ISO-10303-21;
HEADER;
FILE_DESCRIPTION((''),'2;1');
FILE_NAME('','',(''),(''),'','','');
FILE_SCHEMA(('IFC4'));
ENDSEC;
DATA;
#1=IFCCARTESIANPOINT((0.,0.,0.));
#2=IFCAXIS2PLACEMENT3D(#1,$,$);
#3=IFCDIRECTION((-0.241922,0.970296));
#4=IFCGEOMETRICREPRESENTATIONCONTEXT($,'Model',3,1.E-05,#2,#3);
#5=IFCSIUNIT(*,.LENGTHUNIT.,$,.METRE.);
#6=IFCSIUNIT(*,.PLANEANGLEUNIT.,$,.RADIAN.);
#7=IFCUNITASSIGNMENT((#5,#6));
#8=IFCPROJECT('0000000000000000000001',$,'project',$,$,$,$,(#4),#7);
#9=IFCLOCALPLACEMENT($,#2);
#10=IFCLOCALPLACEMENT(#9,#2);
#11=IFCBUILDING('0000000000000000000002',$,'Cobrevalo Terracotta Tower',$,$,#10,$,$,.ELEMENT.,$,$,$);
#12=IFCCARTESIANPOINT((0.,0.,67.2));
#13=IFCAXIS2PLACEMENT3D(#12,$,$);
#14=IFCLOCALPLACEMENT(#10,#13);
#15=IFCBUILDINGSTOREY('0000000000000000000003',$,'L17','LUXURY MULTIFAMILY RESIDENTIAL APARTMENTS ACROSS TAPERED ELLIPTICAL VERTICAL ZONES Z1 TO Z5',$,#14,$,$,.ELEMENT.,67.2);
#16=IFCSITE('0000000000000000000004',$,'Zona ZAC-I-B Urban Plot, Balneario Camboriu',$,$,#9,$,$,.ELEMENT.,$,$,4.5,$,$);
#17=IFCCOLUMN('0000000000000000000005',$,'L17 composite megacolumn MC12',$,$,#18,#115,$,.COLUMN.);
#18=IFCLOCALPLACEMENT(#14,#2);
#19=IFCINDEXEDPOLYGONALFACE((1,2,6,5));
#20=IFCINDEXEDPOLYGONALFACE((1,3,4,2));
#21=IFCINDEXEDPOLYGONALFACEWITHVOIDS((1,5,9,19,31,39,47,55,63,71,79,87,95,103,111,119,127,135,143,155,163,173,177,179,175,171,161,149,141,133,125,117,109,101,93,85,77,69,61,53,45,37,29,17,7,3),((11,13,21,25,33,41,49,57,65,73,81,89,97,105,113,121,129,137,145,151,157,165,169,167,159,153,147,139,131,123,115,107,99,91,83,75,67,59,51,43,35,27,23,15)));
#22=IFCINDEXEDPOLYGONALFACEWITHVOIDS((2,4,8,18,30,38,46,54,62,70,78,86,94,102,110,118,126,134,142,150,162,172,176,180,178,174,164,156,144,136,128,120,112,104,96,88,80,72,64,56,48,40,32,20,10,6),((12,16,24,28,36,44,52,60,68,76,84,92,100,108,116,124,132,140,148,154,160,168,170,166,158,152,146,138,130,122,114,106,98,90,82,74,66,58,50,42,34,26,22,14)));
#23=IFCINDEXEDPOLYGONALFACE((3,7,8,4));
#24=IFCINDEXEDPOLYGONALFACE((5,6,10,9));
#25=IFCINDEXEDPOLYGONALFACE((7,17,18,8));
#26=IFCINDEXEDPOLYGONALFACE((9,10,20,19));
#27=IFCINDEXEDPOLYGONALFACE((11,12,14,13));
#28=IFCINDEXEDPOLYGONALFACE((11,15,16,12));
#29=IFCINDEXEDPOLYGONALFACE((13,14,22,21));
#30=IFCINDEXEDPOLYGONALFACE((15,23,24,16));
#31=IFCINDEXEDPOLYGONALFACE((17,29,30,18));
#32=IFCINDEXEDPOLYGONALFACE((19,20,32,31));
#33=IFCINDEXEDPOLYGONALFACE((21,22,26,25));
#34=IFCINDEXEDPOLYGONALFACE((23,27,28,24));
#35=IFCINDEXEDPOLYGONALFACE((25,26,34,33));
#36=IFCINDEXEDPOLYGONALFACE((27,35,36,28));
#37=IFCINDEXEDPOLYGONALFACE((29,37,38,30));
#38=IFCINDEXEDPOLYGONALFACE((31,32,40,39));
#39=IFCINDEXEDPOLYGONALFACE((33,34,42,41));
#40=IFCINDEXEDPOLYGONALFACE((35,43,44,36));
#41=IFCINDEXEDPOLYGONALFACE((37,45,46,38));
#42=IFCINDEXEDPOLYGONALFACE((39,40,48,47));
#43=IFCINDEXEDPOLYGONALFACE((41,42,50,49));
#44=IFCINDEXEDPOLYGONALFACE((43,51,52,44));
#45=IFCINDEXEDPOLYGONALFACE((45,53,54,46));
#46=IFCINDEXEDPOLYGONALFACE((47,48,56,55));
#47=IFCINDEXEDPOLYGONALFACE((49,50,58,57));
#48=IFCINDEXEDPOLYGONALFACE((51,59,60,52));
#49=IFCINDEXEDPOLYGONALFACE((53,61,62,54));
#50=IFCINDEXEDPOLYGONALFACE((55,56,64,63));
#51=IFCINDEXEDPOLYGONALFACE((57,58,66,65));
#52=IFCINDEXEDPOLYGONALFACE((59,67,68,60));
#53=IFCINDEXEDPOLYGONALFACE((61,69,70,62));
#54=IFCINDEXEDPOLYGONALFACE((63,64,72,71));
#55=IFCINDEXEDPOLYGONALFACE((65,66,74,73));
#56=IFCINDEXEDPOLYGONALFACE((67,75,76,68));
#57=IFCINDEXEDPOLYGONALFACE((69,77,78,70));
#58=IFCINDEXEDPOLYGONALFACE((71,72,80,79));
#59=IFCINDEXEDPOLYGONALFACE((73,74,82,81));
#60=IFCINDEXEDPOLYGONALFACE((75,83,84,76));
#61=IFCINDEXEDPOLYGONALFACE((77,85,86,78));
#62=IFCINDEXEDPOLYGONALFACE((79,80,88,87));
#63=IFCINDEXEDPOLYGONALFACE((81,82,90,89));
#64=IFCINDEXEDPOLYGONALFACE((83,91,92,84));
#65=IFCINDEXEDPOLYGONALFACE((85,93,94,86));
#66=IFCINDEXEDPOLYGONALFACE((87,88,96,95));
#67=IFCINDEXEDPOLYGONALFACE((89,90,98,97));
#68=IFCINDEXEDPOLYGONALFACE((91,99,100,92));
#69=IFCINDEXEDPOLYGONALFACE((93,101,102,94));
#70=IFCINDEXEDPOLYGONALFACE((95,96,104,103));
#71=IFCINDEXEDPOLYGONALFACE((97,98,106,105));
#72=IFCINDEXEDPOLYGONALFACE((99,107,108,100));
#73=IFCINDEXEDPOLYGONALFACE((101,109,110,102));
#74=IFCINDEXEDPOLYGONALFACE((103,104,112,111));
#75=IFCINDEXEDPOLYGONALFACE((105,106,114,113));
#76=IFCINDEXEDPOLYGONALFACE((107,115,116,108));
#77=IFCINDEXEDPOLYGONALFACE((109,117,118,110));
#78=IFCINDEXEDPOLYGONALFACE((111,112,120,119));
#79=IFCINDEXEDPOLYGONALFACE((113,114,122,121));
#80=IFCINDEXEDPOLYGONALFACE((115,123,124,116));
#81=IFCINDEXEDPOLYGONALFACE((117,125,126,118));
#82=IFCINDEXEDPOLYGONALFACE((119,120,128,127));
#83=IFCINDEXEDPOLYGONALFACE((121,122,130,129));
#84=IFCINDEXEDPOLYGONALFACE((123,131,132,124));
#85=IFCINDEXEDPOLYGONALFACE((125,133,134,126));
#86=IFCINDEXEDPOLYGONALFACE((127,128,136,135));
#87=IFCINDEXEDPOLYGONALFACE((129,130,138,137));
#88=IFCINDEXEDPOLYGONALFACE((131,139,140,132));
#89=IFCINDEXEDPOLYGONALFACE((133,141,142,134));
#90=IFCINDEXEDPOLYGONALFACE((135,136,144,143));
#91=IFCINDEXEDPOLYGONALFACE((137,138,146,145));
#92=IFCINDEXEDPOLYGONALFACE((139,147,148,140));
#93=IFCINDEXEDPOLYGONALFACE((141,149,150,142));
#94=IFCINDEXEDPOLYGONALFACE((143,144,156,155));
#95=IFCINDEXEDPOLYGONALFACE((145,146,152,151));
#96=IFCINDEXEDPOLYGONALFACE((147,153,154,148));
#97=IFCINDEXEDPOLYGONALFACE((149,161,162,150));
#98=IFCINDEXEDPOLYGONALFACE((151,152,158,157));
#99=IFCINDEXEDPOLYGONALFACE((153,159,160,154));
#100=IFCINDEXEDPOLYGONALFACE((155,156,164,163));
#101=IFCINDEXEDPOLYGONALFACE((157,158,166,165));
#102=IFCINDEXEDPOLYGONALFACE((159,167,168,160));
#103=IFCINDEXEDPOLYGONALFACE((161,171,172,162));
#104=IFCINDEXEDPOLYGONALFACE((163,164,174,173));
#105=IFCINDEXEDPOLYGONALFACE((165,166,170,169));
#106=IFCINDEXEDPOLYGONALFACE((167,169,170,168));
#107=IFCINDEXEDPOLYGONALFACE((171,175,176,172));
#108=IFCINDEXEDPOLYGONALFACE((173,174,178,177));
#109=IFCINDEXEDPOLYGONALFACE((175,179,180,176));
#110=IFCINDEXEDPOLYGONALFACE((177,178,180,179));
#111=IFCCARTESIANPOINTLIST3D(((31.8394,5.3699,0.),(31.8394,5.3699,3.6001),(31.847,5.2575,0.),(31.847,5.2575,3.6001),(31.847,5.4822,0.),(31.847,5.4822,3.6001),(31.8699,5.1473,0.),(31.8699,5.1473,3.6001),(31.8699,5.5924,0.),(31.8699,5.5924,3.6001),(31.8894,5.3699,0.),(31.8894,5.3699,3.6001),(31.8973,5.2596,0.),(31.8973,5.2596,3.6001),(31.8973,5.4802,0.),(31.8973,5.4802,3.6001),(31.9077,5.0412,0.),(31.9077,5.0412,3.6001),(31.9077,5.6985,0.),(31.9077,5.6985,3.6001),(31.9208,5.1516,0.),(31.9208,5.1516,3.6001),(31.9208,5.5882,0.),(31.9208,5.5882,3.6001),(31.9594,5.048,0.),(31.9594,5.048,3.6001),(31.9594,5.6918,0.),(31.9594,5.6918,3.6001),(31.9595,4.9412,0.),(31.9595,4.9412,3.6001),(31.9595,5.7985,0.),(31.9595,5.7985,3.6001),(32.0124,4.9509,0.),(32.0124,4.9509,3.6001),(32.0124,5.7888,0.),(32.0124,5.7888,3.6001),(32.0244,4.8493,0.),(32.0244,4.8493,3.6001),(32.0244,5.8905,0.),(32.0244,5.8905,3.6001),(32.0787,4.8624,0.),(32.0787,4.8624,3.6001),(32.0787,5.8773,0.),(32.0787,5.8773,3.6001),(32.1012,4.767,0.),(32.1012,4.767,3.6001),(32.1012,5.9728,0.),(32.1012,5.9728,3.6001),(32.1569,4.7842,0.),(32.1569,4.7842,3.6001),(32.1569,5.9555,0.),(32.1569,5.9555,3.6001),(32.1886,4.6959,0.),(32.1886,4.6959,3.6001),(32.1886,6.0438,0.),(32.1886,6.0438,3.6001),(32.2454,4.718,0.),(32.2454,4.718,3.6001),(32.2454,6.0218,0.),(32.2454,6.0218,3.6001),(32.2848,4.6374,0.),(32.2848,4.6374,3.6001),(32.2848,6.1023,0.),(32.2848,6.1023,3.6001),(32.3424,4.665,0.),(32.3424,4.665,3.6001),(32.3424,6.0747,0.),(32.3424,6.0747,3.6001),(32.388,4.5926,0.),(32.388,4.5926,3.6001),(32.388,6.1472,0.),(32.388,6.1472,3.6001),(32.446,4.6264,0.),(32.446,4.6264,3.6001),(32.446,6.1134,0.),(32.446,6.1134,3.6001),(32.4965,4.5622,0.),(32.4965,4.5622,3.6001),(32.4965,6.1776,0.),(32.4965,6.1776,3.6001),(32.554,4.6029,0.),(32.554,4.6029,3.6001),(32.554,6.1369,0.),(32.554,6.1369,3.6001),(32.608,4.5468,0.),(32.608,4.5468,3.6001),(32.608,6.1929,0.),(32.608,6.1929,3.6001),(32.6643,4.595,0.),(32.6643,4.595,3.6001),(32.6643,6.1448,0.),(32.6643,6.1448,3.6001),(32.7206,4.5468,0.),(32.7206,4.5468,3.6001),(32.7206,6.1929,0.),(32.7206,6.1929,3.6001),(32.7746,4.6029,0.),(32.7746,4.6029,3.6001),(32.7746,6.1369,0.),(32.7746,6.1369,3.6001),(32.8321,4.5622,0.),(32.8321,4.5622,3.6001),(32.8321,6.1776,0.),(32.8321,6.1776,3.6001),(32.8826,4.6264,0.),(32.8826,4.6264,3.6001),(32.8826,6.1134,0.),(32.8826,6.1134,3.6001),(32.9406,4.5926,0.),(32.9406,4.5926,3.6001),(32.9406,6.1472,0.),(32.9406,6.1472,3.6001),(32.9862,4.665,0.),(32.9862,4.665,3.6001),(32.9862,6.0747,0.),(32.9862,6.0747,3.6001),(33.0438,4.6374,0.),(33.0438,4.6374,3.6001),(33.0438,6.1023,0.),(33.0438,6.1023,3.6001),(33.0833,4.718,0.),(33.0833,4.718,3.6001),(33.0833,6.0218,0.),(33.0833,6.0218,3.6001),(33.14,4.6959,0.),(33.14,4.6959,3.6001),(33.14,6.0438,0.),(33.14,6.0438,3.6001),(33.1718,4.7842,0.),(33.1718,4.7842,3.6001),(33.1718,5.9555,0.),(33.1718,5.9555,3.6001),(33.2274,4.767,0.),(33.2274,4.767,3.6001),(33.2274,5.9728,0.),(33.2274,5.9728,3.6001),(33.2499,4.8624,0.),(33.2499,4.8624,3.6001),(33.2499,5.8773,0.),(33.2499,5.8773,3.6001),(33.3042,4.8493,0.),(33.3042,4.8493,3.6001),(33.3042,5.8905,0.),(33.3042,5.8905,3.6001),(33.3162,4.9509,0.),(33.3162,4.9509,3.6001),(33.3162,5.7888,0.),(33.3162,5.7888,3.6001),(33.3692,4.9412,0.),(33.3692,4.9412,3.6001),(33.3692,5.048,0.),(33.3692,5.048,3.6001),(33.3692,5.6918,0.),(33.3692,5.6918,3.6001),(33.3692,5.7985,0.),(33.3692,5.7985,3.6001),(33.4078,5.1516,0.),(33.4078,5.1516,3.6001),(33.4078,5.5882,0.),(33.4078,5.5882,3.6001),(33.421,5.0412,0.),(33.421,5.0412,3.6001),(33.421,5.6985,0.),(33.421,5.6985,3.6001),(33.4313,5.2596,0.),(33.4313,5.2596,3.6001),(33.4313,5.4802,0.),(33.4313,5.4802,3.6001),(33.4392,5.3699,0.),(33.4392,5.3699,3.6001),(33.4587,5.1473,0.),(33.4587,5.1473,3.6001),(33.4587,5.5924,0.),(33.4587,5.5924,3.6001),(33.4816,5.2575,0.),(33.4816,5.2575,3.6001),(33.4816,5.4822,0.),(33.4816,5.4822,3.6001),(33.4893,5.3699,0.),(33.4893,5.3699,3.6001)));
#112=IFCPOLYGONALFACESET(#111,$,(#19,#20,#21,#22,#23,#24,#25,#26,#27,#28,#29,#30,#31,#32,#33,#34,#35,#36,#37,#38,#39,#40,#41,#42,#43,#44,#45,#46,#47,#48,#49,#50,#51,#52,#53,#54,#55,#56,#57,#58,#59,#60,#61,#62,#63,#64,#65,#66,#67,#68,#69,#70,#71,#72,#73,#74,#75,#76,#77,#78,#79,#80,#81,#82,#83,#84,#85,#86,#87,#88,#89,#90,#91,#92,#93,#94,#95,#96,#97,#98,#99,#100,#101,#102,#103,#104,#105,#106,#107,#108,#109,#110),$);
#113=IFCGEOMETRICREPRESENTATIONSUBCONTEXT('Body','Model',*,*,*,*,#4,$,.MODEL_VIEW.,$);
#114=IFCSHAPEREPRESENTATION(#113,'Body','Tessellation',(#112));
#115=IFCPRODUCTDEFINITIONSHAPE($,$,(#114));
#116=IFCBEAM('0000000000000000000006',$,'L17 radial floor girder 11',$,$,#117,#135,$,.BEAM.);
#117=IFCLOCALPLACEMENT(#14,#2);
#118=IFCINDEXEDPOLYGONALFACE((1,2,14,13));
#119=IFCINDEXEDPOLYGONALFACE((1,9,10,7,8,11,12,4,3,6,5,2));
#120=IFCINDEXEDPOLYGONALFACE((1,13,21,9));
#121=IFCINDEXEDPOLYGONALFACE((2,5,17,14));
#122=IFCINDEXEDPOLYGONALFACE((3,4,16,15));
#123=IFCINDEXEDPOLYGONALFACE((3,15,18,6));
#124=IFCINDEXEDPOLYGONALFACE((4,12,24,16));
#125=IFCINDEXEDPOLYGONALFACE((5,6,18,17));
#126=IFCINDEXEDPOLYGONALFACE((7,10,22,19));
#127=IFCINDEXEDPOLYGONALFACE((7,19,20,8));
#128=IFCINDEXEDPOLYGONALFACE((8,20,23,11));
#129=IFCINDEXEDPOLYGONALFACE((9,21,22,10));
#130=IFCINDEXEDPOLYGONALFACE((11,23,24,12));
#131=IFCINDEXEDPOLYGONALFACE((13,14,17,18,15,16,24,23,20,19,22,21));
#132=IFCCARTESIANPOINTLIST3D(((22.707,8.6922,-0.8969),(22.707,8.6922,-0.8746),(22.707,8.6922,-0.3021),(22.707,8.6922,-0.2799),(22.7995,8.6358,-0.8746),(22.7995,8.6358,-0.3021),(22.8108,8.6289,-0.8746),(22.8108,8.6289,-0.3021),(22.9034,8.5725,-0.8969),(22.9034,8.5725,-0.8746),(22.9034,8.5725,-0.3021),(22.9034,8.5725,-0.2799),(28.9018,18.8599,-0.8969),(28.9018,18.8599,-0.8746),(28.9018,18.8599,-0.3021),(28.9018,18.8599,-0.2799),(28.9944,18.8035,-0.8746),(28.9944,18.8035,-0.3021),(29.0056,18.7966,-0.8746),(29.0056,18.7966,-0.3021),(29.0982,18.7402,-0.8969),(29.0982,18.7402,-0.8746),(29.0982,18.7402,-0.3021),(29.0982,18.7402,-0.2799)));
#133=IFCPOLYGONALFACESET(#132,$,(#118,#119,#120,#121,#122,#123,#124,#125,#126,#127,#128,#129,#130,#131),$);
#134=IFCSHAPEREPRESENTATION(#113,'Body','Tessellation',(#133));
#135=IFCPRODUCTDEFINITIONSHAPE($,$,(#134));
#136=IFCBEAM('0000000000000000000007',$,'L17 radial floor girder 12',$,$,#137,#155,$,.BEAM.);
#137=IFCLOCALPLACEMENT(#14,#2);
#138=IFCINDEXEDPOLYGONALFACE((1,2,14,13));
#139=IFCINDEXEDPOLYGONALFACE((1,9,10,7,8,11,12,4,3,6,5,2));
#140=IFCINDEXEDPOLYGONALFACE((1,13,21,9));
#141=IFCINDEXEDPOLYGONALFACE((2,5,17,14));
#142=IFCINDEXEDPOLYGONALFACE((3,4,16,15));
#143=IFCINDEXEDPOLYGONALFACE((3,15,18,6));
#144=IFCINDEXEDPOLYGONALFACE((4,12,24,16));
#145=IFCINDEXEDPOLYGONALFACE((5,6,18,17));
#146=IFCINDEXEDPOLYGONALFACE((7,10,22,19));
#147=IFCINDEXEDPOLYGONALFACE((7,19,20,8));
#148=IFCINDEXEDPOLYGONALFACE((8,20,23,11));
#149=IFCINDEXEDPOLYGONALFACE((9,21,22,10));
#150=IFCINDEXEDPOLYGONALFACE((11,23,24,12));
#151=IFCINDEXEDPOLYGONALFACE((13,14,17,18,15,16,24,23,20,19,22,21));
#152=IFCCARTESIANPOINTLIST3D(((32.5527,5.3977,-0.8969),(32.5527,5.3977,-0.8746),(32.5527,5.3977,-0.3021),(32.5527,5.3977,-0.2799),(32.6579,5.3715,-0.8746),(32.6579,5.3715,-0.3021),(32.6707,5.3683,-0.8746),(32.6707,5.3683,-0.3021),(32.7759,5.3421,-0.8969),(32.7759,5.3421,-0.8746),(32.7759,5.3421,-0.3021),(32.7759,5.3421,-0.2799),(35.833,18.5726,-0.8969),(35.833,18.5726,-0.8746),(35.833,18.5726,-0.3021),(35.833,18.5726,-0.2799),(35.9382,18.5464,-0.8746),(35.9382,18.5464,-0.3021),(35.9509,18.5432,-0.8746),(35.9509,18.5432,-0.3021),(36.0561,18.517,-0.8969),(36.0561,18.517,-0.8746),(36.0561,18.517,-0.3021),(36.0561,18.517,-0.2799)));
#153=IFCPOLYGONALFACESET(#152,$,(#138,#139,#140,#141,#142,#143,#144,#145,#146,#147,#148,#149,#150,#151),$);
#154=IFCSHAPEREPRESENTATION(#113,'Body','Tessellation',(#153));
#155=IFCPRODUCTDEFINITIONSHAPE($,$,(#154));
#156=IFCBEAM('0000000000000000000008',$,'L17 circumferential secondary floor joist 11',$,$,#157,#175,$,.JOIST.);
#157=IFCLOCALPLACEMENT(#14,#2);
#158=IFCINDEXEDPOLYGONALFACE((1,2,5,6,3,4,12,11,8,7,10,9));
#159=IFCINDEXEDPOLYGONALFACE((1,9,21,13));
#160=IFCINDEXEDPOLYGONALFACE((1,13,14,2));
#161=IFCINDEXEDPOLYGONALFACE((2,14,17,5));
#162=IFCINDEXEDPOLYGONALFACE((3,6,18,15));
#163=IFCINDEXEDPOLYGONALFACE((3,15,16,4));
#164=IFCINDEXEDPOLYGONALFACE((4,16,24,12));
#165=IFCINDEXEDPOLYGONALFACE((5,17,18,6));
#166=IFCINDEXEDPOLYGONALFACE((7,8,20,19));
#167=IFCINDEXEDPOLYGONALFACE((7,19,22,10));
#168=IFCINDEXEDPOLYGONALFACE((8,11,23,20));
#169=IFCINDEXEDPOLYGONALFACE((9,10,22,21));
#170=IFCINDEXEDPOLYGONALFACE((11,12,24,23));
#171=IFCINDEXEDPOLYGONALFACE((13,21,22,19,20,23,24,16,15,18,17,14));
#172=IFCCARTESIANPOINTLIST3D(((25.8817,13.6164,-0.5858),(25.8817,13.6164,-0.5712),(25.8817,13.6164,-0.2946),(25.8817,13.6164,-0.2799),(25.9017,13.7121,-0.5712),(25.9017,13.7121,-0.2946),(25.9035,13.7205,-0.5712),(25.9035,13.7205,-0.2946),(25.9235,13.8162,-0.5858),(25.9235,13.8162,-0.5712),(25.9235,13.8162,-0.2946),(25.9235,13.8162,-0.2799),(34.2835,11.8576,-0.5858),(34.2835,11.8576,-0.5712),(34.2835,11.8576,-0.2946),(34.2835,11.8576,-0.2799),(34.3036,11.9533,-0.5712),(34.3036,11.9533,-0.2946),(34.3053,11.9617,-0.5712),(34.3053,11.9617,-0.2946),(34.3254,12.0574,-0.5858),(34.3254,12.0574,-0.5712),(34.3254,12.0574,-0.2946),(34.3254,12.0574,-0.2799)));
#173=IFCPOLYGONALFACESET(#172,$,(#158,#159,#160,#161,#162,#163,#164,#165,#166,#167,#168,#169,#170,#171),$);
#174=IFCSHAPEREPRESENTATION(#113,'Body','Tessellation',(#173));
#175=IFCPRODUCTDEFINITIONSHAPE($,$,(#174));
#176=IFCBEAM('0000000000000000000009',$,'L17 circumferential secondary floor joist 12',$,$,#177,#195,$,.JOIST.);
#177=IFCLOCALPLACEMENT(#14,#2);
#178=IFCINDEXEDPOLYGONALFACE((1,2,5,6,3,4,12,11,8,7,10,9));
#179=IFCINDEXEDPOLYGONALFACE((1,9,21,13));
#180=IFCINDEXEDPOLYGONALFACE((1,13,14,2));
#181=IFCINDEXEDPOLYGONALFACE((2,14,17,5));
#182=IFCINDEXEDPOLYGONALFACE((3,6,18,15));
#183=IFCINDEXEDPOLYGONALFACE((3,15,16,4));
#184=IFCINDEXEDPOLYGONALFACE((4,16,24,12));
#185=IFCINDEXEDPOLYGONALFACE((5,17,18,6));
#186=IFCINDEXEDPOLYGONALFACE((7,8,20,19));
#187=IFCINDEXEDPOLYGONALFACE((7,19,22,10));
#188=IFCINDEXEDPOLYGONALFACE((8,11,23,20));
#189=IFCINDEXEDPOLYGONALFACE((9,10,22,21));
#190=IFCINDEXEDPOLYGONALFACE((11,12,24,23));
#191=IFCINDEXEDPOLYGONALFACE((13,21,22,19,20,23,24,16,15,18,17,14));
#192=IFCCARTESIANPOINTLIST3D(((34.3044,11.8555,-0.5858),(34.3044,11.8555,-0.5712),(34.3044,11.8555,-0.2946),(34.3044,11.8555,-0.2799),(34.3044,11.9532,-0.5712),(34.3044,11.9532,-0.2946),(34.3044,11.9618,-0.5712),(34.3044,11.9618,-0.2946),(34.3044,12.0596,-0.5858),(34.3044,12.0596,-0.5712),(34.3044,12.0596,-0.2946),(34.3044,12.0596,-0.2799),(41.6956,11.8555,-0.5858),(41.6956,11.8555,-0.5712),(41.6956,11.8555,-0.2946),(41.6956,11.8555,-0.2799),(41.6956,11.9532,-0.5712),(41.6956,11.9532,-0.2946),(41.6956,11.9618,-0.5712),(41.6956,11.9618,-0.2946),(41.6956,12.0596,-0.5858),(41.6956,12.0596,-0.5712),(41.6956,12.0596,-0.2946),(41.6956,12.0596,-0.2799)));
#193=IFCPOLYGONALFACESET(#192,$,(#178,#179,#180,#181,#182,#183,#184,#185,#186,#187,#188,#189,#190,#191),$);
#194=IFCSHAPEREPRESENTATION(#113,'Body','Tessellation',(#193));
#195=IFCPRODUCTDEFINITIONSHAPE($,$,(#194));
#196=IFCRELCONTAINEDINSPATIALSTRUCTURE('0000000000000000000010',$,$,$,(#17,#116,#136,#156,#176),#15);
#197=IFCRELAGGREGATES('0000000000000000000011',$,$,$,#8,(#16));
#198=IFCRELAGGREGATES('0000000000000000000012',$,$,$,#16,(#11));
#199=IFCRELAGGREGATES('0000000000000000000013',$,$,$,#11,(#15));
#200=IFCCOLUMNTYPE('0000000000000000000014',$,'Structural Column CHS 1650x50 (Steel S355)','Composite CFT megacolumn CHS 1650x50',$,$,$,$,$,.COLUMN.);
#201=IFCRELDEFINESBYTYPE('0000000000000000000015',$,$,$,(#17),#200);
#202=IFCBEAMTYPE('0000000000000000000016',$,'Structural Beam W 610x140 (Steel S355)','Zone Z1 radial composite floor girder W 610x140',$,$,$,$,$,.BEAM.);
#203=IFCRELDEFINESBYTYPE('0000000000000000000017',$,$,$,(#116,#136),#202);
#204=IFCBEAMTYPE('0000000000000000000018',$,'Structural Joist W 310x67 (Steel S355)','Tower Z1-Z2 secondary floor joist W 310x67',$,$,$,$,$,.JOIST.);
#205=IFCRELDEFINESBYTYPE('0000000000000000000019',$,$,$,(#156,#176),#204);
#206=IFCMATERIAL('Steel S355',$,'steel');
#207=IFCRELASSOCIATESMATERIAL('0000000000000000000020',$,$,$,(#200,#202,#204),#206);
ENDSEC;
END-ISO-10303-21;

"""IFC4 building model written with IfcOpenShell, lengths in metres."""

from ifc_helpers import new_model, si_unit, direction, frame, origin, origin_2d, place, context, subcontext, project, spatial, hollow_circle, i_section, extrude, material, material_profile, profile_set, type_object, element, save


model = new_model("IFC4")

# Units and contexts
model_context = context("Model", 3, precision=1e-05, world=origin(), true_north=direction((-0.241922, 0.970296)))
body_context = subcontext(model_context, "Body", "Model", "MODEL_VIEW")
ifc_project = project(units=[si_unit("LENGTHUNIT", "METRE"), si_unit("PLANEANGLEUNIT", "RADIAN")], contexts=[model_context])

# Site, building, storey
site_placement = place(None, origin())
site = spatial("IfcSite", under=ifc_project, at=site_placement, Name="Zona ZAC-I-B Urban Plot, Balneario Camboriu", CompositionType="ELEMENT", RefElevation=4.5)
building_placement = place(site_placement, origin())
building = spatial("IfcBuilding", under=site, at=building_placement, Name="Cobrevalo Terracotta Tower", CompositionType="ELEMENT")
storey_placement = place(building_placement, frame((0.0, 0.0, 67.2)))
storey = spatial("IfcBuildingStorey", under=building, at=storey_placement, Name="L17", Description="LUXURY MULTIFAMILY RESIDENTIAL APARTMENTS ACROSS TAPERED ELLIPTICAL VERTICAL ZONES Z1 TO Z5", CompositionType="ELEMENT", Elevation=67.2)

# Column
ifc_material_1 = material(Name="Steel S355", Category="steel")
ifc_material_profile_1 = material_profile(ifc_material_1, hollow_circle(Radius=0.825, WallThickness=0.05, at=origin_2d()), Name="CHS 1650x50")
ifc_profile_set_1 = profile_set([ifc_material_profile_1], Name="Steel S355")
column_type = type_object("IfcColumnType", Name="Structural Column CHS 1650x50 (Steel S355)", Description="Composite CFT megacolumn CHS 1650x50", PredefinedType="COLUMN", material=ifc_profile_set_1)
column_placement = place(storey_placement, frame((32.6643, 5.3699, 0.0), z_axis=(0.0, 0.0, 1.0), x_axis=(1.0, 0.0, 0.0)))
element("IfcColumn", 1, at=column_placement, inside=storey, type_object=column_type, Name="L17 composite megacolumn MC12", PredefinedType="COLUMN", context=body_context, shape_type="SweptSolid", body=[
    extrude(hollow_circle(Radius=0.825, WallThickness=0.05, at=origin_2d()), origin(), (0.0, 0.0, 1.0), 3.6001),
])

# Beams
ifc_material_profile_2 = material_profile(ifc_material_1, i_section(OverallWidth=0.23, OverallDepth=0.6169, WebThickness=0.0132, FlangeThickness=0.0222, at=origin_2d()), Name="W 610x140")
ifc_profile_set_2 = profile_set([ifc_material_profile_2], Name="Steel S355")
beam_type_1 = type_object("IfcBeamType", Name="Structural Beam W 610x140 (Steel S355)", Description="Zone Z1 radial composite floor girder W 610x140", PredefinedType="BEAM", material=ifc_profile_set_2)
beam_1_placement = place(storey_placement, frame((22.8052, 8.6323, -0.5884), z_axis=(0.520301, 0.853983, 0.0), x_axis=(-0.853983, 0.520301, 0.0)))
element("IfcBeam", 2, at=beam_1_placement, inside=storey, type_object=beam_type_1, Name="L17 radial floor girder 11", PredefinedType="BEAM", context=body_context, shape_type="SweptSolid", body=[
    extrude(i_section(OverallWidth=0.23, OverallDepth=0.6169, WebThickness=0.0132, FlangeThickness=0.0222, at=origin_2d()), origin(), (0.0, 0.0, 1.0), 11.9062),
])
beam_2_placement = place(storey_placement, frame((32.6643, 5.3699, -0.5884), z_axis=(0.2416, 0.970376, 0.0), x_axis=(-0.970376, 0.2416, 0.0)))
element("IfcBeam", 3, at=beam_2_placement, inside=storey, type_object=beam_type_1, Name="L17 radial floor girder 12", PredefinedType="BEAM", context=body_context, shape_type="SweptSolid", body=[
    extrude(i_section(OverallWidth=0.23, OverallDepth=0.6169, WebThickness=0.0132, FlangeThickness=0.0222, at=origin_2d()), origin(), (0.0, 0.0, 1.0), 13.5771),
])
ifc_material_profile_3 = material_profile(ifc_material_1, i_section(OverallWidth=0.2041, OverallDepth=0.3059, WebThickness=0.0085, FlangeThickness=0.0146, at=origin_2d()), Name="W 310x67")
ifc_profile_set_3 = profile_set([ifc_material_profile_3], Name="Steel S355")
beam_type_2 = type_object("IfcBeamType", Name="Structural Joist W 310x67 (Steel S355)", Description="Tower Z1-Z2 secondary floor joist W 310x67", PredefinedType="JOIST", material=ifc_profile_set_3)
beam_3_placement = place(storey_placement, frame((25.9026, 13.7163, -0.4329), z_axis=(0.978785, -0.204892, 0.0), x_axis=(0.204892, 0.978785, 0.0)))
element("IfcBeam", 4, at=beam_3_placement, inside=storey, type_object=beam_type_2, Name="L17 circumferential secondary floor joist 11", PredefinedType="JOIST", context=body_context, shape_type="SweptSolid", body=[
    extrude(i_section(OverallWidth=0.2041, OverallDepth=0.3059, WebThickness=0.0085, FlangeThickness=0.0146, at=origin_2d()), origin(), (0.0, 0.0, 1.0), 8.584),
])
beam_4_placement = place(storey_placement, frame((34.3044, 11.9575, -0.4329), z_axis=(1.0, 0.0, 0.0), x_axis=(0.0, 1.0, 0.0)))
element("IfcBeam", 5, at=beam_4_placement, inside=storey, type_object=beam_type_2, Name="L17 circumferential secondary floor joist 12", PredefinedType="JOIST", context=body_context, shape_type="SweptSolid", body=[
    extrude(i_section(OverallWidth=0.2041, OverallDepth=0.3059, WebThickness=0.0085, FlangeThickness=0.0146, at=origin_2d()), origin(), (0.0, 0.0, 1.0), 7.3911),
])

save(model, "model.ifc")
